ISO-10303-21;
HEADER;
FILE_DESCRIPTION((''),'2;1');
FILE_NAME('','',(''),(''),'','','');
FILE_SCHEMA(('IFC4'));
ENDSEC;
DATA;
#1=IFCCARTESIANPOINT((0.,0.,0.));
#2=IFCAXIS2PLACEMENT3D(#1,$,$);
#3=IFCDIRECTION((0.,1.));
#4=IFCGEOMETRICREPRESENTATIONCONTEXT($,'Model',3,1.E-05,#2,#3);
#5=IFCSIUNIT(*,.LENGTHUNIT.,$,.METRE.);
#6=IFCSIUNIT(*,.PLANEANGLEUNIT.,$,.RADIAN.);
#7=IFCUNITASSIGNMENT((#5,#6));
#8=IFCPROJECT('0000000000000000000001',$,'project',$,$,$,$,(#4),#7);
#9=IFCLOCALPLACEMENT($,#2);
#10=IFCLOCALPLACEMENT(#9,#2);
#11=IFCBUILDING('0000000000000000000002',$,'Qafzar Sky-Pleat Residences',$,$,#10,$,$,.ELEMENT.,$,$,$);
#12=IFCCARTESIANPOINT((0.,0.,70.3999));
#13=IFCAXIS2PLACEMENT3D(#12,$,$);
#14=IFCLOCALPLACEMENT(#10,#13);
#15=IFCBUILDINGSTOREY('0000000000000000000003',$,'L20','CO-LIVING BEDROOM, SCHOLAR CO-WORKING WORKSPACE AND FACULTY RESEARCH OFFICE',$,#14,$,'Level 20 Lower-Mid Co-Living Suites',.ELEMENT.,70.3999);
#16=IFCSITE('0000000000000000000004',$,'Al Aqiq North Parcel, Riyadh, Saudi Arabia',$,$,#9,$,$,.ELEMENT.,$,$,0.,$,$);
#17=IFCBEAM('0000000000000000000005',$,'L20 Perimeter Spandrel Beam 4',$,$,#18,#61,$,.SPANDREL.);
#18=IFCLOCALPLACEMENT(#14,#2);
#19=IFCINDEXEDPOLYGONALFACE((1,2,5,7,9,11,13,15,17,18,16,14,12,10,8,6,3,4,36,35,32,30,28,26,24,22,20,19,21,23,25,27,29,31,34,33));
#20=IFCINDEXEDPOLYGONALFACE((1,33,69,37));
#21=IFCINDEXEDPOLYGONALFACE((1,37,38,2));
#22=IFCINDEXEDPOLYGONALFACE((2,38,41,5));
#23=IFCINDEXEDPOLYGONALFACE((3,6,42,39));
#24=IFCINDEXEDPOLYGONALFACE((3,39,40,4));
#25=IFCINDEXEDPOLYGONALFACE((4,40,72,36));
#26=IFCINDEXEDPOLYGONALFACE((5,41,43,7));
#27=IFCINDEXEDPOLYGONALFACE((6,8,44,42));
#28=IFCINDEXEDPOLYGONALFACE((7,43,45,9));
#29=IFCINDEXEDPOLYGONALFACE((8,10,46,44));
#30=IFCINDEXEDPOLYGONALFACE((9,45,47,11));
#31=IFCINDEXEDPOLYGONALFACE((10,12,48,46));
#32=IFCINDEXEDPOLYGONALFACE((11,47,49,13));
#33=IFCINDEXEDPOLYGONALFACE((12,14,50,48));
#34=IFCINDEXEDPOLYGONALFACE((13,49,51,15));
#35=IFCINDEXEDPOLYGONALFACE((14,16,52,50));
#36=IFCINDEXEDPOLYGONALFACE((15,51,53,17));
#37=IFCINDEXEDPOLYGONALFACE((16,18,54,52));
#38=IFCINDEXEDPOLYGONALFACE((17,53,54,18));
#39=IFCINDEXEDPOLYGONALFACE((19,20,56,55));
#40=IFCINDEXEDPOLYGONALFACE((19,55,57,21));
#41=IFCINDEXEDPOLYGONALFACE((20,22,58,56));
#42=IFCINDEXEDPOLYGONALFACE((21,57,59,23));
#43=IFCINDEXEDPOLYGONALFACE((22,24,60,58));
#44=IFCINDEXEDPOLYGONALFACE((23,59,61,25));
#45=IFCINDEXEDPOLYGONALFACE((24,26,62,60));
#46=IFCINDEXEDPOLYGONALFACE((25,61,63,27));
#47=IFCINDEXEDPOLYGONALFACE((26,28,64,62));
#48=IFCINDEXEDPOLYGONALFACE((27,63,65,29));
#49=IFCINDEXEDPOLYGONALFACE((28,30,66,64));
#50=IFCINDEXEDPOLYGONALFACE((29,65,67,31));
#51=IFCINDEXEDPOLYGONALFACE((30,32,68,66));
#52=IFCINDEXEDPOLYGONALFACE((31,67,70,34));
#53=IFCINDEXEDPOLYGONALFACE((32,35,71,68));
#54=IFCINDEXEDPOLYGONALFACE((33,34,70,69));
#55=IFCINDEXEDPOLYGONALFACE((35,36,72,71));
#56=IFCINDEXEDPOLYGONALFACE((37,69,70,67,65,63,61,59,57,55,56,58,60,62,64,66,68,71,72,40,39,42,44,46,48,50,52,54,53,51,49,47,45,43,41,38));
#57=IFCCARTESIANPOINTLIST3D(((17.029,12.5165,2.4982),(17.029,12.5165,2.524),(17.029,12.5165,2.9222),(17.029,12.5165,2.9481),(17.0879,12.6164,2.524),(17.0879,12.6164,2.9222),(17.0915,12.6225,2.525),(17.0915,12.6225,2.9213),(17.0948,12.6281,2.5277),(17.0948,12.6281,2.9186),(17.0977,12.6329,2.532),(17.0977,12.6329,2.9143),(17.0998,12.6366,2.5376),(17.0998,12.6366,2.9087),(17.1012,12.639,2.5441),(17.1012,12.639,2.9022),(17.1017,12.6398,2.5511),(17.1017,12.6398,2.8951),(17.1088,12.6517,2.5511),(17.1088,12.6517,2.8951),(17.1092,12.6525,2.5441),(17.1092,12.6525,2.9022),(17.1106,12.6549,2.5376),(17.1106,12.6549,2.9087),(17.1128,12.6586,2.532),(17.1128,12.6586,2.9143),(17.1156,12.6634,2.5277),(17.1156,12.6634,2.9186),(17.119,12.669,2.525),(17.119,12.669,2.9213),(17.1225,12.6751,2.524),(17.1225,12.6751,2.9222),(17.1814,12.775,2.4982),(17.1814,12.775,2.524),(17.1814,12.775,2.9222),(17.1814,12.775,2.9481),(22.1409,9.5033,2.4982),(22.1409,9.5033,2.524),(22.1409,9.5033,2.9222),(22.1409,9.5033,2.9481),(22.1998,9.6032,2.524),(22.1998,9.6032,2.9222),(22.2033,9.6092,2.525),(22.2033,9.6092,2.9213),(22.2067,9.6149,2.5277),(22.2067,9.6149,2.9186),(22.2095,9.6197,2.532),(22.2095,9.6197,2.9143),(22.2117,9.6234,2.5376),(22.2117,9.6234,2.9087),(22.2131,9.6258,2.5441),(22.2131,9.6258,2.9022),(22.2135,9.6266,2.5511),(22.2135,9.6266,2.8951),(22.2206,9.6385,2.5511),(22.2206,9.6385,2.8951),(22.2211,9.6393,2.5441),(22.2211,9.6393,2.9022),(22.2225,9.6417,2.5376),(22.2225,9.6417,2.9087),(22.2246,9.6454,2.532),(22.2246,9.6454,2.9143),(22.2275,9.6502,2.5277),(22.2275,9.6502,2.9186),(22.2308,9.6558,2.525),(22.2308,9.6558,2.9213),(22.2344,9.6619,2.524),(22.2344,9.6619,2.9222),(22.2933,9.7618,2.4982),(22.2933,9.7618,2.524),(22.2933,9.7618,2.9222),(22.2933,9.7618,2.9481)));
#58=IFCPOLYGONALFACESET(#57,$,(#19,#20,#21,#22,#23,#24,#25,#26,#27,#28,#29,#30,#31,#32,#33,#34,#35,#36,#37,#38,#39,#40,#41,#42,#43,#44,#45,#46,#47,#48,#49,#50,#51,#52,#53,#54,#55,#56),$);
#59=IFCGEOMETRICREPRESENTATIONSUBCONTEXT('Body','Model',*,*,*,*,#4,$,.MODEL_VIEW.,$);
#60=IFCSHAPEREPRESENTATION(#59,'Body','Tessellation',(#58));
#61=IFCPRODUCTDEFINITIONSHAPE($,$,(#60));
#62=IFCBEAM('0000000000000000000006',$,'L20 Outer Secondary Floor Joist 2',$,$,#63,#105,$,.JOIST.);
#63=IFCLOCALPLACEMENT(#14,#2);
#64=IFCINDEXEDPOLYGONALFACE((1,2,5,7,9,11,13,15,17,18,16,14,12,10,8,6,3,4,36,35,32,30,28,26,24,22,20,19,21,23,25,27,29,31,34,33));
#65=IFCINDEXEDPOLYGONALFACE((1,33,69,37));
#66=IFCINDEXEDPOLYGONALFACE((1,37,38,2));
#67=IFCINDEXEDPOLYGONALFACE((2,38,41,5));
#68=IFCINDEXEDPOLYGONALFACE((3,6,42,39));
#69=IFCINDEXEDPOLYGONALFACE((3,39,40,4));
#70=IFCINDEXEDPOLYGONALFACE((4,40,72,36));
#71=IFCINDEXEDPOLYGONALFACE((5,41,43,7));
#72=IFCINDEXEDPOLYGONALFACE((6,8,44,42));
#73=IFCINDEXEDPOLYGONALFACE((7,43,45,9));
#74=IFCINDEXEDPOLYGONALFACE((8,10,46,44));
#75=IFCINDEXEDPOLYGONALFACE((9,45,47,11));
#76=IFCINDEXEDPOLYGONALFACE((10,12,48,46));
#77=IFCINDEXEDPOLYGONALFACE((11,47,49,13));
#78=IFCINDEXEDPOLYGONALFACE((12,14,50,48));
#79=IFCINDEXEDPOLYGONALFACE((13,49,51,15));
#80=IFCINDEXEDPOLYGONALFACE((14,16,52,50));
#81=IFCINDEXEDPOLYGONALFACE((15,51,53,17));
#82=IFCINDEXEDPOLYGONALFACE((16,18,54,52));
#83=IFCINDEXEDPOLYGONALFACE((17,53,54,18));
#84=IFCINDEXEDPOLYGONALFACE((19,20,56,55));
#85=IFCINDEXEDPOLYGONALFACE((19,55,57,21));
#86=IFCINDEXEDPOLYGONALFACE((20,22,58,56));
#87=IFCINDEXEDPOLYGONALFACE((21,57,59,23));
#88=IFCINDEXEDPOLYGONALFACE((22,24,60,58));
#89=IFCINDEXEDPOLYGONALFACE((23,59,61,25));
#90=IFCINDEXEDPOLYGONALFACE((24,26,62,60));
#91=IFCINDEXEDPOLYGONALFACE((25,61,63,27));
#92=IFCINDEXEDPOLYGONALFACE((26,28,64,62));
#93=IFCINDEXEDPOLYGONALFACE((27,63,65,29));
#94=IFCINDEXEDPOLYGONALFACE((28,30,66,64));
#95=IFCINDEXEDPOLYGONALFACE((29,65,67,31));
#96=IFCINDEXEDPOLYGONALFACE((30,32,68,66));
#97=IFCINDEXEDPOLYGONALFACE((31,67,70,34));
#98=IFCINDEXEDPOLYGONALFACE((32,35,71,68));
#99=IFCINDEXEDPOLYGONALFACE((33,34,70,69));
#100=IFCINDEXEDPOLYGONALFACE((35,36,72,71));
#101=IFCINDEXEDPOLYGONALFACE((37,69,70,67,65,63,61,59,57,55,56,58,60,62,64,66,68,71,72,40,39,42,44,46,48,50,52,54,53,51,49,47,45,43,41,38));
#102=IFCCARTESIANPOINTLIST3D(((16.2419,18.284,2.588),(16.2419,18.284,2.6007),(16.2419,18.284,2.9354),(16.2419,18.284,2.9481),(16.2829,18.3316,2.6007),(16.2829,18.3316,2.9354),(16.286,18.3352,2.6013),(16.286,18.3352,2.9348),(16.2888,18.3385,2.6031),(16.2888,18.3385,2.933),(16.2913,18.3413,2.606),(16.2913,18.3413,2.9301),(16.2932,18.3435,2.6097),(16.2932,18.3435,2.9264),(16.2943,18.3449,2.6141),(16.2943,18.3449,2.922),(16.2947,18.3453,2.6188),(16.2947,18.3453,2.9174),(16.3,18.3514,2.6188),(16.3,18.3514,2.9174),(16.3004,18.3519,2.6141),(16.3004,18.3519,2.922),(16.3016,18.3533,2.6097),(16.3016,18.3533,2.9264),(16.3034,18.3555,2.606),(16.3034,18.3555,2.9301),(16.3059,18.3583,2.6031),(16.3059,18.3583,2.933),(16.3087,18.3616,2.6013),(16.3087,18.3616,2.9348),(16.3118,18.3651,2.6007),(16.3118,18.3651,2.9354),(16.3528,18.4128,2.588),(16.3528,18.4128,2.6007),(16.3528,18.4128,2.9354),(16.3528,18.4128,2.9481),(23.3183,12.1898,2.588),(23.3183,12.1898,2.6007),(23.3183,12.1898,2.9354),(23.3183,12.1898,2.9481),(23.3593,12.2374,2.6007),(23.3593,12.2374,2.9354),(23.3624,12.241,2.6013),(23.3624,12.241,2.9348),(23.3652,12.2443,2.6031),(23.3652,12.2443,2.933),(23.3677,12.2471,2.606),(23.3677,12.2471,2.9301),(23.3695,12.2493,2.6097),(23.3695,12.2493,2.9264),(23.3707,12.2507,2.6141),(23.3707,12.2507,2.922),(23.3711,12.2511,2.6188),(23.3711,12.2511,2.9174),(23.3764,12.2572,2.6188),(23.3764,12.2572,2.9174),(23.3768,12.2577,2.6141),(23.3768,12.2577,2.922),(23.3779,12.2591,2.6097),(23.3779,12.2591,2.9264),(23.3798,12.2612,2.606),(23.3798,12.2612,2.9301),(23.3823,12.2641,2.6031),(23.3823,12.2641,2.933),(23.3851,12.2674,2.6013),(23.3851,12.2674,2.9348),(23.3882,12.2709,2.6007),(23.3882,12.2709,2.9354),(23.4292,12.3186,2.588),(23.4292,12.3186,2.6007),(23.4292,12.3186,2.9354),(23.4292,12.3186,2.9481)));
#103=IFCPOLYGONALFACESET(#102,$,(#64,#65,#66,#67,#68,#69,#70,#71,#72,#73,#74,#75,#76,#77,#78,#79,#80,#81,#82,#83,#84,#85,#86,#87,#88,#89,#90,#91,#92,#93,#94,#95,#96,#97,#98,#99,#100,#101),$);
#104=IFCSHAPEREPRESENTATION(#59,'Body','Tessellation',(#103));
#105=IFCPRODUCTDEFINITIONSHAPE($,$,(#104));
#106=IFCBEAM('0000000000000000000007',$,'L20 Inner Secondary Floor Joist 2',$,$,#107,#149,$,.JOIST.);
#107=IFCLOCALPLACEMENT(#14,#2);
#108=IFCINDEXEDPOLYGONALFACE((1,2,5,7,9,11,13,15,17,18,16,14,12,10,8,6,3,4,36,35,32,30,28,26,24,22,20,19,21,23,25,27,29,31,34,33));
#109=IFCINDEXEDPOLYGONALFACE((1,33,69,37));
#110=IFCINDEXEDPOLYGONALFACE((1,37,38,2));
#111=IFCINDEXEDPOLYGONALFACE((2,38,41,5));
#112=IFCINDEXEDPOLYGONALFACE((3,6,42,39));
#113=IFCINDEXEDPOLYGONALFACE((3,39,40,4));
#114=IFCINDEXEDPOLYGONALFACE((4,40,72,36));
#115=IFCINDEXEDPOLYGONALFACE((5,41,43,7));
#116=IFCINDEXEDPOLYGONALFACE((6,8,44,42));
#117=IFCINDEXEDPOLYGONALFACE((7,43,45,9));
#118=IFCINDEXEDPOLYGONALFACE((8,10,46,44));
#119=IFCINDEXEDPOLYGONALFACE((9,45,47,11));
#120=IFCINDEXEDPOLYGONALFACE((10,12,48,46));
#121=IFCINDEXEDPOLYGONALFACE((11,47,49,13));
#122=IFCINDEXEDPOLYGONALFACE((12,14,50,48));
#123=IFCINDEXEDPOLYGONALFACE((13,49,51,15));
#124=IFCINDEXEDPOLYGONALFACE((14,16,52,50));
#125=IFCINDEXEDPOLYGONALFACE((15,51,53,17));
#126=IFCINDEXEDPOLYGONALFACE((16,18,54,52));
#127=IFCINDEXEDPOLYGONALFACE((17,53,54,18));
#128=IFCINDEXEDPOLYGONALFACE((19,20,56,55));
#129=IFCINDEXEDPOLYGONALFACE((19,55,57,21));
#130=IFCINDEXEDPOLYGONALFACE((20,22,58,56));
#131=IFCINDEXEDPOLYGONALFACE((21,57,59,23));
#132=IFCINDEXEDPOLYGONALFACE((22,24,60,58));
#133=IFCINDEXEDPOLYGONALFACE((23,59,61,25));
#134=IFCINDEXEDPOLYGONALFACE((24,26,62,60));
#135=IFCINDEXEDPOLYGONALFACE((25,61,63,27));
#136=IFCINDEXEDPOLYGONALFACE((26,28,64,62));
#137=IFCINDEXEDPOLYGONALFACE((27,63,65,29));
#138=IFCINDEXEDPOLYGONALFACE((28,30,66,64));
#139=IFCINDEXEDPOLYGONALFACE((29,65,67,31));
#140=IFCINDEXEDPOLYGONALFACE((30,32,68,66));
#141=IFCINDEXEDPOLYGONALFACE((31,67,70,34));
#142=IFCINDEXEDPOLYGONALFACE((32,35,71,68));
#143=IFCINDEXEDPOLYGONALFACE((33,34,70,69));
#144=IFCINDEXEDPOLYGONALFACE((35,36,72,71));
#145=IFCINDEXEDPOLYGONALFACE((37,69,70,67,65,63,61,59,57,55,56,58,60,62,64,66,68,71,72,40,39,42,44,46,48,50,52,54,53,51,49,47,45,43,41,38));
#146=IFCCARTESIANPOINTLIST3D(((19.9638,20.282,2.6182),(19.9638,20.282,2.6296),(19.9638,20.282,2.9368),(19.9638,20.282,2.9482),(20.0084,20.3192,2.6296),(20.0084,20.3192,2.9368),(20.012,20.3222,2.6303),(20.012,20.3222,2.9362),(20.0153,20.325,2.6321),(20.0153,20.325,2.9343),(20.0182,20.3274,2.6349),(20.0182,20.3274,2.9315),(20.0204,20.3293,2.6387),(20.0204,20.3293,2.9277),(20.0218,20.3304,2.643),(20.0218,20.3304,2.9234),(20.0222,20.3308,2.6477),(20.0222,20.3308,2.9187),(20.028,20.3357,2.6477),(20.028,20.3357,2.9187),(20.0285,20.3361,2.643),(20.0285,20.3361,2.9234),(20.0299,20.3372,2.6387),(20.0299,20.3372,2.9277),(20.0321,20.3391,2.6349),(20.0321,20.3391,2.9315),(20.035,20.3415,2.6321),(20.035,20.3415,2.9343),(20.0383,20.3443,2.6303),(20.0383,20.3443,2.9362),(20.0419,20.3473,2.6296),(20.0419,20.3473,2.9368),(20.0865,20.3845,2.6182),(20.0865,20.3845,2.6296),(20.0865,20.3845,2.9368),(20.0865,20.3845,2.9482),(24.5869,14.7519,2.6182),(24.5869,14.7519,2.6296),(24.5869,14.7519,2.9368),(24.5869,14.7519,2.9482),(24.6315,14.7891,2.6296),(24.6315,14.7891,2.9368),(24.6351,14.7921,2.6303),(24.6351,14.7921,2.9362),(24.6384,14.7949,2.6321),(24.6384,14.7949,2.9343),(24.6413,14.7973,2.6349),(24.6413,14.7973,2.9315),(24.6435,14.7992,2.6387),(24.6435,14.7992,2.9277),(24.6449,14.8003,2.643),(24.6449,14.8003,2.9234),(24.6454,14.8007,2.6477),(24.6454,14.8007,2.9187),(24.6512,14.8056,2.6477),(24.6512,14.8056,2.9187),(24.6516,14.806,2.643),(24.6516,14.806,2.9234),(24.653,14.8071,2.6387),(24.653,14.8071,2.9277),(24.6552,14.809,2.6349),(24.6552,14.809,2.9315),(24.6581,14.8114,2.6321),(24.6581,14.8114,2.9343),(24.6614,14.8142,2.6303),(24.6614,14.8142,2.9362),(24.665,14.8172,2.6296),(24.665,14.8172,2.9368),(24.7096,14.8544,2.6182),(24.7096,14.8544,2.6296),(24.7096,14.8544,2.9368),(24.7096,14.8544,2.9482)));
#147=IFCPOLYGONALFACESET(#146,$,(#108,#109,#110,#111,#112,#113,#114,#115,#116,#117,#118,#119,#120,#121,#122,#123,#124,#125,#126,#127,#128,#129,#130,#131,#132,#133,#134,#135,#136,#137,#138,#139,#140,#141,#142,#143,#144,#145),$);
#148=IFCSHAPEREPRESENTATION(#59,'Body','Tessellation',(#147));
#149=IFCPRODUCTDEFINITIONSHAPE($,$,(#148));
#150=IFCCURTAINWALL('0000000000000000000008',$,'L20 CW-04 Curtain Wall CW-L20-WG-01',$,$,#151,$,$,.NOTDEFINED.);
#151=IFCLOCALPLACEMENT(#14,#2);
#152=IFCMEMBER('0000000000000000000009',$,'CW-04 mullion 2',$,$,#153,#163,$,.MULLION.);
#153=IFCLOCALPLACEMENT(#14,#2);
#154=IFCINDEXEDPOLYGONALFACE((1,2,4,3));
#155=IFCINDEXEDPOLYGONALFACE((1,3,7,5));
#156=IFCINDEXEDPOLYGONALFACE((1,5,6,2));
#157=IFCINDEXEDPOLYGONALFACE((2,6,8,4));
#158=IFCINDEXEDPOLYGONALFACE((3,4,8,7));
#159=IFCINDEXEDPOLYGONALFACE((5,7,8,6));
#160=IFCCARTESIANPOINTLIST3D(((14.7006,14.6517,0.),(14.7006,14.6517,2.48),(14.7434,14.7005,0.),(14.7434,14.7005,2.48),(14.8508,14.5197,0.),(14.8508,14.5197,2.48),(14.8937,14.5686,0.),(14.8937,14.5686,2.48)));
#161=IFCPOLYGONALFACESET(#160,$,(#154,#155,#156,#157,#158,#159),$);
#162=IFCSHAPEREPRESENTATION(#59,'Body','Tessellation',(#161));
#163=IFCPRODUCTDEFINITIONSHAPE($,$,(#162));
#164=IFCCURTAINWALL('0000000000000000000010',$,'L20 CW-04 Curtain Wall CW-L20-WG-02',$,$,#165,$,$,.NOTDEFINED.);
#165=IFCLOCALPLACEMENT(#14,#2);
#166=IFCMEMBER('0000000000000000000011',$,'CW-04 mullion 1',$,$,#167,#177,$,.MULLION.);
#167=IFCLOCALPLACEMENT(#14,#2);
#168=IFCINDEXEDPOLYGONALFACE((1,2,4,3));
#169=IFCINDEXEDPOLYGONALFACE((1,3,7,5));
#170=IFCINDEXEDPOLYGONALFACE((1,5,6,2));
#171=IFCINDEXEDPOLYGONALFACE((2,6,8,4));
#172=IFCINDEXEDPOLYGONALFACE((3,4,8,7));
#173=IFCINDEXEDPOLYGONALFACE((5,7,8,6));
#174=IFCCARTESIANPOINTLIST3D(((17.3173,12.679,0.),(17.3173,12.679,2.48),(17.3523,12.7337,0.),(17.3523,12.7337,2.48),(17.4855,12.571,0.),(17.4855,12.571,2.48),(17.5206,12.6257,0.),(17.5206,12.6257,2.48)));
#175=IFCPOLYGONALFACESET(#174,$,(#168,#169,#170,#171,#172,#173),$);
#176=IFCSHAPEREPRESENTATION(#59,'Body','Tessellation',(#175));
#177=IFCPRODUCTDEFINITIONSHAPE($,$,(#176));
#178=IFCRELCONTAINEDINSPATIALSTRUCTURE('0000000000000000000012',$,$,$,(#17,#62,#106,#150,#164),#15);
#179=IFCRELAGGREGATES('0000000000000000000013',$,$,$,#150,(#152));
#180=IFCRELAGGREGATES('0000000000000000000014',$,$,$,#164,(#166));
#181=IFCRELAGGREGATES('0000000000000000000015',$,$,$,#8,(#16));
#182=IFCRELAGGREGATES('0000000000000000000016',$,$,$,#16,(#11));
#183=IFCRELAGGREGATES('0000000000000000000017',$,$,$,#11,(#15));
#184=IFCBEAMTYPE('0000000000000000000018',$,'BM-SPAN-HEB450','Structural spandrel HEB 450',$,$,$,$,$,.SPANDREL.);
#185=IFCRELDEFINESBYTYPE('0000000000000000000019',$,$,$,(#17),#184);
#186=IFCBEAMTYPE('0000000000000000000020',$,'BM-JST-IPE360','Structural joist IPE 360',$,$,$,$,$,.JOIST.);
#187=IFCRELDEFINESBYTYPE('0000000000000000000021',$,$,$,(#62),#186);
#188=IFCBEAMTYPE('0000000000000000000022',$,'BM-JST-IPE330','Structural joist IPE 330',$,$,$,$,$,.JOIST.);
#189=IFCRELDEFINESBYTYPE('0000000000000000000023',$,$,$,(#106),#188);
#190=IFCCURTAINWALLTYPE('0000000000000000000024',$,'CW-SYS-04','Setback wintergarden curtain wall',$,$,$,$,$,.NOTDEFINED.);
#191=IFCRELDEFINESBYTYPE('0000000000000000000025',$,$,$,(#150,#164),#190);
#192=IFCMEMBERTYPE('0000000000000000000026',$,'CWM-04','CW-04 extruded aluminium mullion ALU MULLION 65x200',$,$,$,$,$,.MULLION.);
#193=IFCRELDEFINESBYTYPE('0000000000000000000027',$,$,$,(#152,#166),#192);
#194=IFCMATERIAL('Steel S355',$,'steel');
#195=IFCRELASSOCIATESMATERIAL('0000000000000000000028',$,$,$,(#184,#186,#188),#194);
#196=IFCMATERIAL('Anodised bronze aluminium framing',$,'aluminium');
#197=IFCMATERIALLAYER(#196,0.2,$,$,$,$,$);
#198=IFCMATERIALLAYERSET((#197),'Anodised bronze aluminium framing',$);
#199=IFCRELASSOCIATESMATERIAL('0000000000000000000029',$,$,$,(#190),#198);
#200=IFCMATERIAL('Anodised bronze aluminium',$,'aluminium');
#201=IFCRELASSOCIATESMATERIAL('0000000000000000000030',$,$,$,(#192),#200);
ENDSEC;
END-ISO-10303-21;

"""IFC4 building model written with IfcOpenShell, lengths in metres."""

from ifc_helpers import new_model, si_unit, direction, frame, origin, origin_2d, place, context, subcontext, project, spatial, rectangle, i_section, extrude, source, transform, mapped, material, layer, layer_set, material_profile, profile_set, type_object, element, aggregate, save


model = new_model("IFC4")

# Units and contexts
model_context = context("Model", 3, precision=1e-05, world=origin(), true_north=direction((0.0, 1.0)))
body_context = subcontext(model_context, "Body", "Model", "MODEL_VIEW")
ifc_project = project(units=[si_unit("LENGTHUNIT", "METRE"), si_unit("PLANEANGLEUNIT", "RADIAN")], contexts=[model_context])

# Site, building, storey
site_placement = place(None, origin())
site = spatial("IfcSite", under=ifc_project, at=site_placement, Name="Al Aqiq North Parcel, Riyadh, Saudi Arabia", CompositionType="ELEMENT", RefElevation=0.0)
building_placement = place(site_placement, origin())
building = spatial("IfcBuilding", under=site, at=building_placement, Name="Qafzar Sky-Pleat Residences", CompositionType="ELEMENT")
storey_placement = place(building_placement, frame((0.0, 0.0, 70.3999)))
storey = spatial("IfcBuildingStorey", under=building, at=storey_placement, Name="L20", Description="CO-LIVING BEDROOM, SCHOLAR CO-WORKING WORKSPACE AND FACULTY RESEARCH OFFICE", LongName="Level 20 Lower-Mid Co-Living Suites", CompositionType="ELEMENT", Elevation=70.3999)

# Beams
ifc_material_1 = material(Name="Steel S355", Category="steel")
ifc_material_profile_1 = material_profile(ifc_material_1, i_section(OverallWidth=0.3, OverallDepth=0.45, WebThickness=0.0139, FlangeThickness=0.0259, FilletRadius=0.0271, at=origin_2d()), Name="HEB 450")
ifc_profile_set_1 = profile_set([ifc_material_profile_1], Name="Steel S355")
beam_type_1 = type_object("IfcBeamType", Name="BM-SPAN-HEB450", Description="Structural spandrel HEB 450", PredefinedType="SPANDREL", material=ifc_profile_set_1)
shared_shape_1 = source(origin(), body_context, "Body", "SweptSolid", [
    extrude(i_section(OverallWidth=0.3, OverallDepth=0.45, WebThickness=0.0139, FlangeThickness=0.0259, FilletRadius=0.0271, at=origin_2d()), origin(), (0.0, 0.0, 1.0), 5.9338),
])
beam_1_placement = place(storey_placement, frame((17.1052, 12.6458, 2.7231), z_axis=(0.861475, -0.5078, 0.0), x_axis=(0.5078, 0.861475, 0.0)))
element("IfcBeam", 1, at=beam_1_placement, inside=storey, type_object=beam_type_1, Name="L20 Perimeter Spandrel Beam 4", PredefinedType="SPANDREL", context=body_context, shape_type="MappedRepresentation", body=[
    mapped(shared_shape_1, transform((0.0, 0.0, 0.0), x_axis=(1.0, 0.0, 0.0), y_axis=(0.0, 1.0, 0.0), z_axis=(0.0, 0.0, 1.0), scale=1.0)),
])
ifc_material_profile_2 = material_profile(ifc_material_1, i_section(OverallWidth=0.1699, OverallDepth=0.3601, WebThickness=0.0081, FlangeThickness=0.0127, FilletRadius=0.0181, at=origin_2d()), Name="IPE 360")
ifc_profile_set_2 = profile_set([ifc_material_profile_2], Name="Steel S355")
beam_type_2 = type_object("IfcBeamType", Name="BM-JST-IPE360", Description="Structural joist IPE 360", PredefinedType="JOIST", material=ifc_profile_set_2)
shared_shape_2 = source(origin(), body_context, "Body", "SweptSolid", [
    extrude(i_section(OverallWidth=0.1699, OverallDepth=0.3601, WebThickness=0.0081, FlangeThickness=0.0127, FilletRadius=0.0181, at=origin_2d()), origin(), (0.0, 0.0, 1.0), 9.3389),
])
beam_2_placement = place(storey_placement, frame((16.2974, 18.3484, 2.7681), z_axis=(0.757734, -0.652564, 0.0), x_axis=(0.652564, 0.757734, 0.0)))
element("IfcBeam", 2, at=beam_2_placement, inside=storey, type_object=beam_type_2, Name="L20 Outer Secondary Floor Joist 2", PredefinedType="JOIST", context=body_context, shape_type="MappedRepresentation", body=[
    mapped(shared_shape_2, transform((0.0, 0.0, 0.0), x_axis=(1.0, 0.0, 0.0), y_axis=(0.0, 1.0, 0.0), z_axis=(0.0, 0.0, 1.0), scale=1.0)),
])
ifc_material_profile_3 = material_profile(ifc_material_1, i_section(OverallWidth=0.1599, OverallDepth=0.3301, WebThickness=0.0076, FlangeThickness=0.0115, FilletRadius=0.0181, at=origin_2d()), Name="IPE 330")
ifc_profile_set_3 = profile_set([ifc_material_profile_3], Name="Steel S355")
beam_type_3 = type_object("IfcBeamType", Name="BM-JST-IPE330", Description="Structural joist IPE 330", PredefinedType="JOIST", material=ifc_profile_set_3)
shared_shape_3 = source(origin(), body_context, "Body", "SweptSolid", [
    extrude(i_section(OverallWidth=0.1599, OverallDepth=0.3301, WebThickness=0.0076, FlangeThickness=0.0115, FilletRadius=0.0181, at=origin_2d()), origin(), (0.0, 0.0, 1.0), 7.208),
])
beam_3_placement = place(storey_placement, frame((20.0251, 20.3333, 2.7832), z_axis=(0.641386, -0.767218, 0.0), x_axis=(0.767218, 0.641386, 0.0)))
element("IfcBeam", 3, at=beam_3_placement, inside=storey, type_object=beam_type_3, Name="L20 Inner Secondary Floor Joist 2", PredefinedType="JOIST", context=body_context, shape_type="MappedRepresentation", body=[
    mapped(shared_shape_3, transform((0.0, 0.0, 0.0), x_axis=(1.0, 0.0, 0.0), y_axis=(0.0, 1.0, 0.0), z_axis=(0.0, 0.0, 1.0), scale=1.0)),
])

# Curtain walls, members
ifc_material_2 = material(Name="Anodised bronze aluminium framing", Category="aluminium")
ifc_layer_1 = layer(ifc_material_2, 0.2)
ifc_layer_set_1 = layer_set([ifc_layer_1], Name="Anodised bronze aluminium framing")
curtain_wall_type = type_object("IfcCurtainWallType", Name="CW-SYS-04", Description="Setback wintergarden curtain wall", PredefinedType="NOTDEFINED", material=ifc_layer_set_1)
curtain_wall_1_placement = place(storey_placement, origin())
curtain_wall_1 = element("IfcCurtainWall", 4, at=curtain_wall_1_placement, inside=storey, type_object=curtain_wall_type, Name="L20 CW-04 Curtain Wall CW-L20-WG-01", PredefinedType="NOTDEFINED")
ifc_material_3 = material(Name="Anodised bronze aluminium", Category="aluminium")
ifc_material_profile_4 = material_profile(ifc_material_3, rectangle(XDim=0.0649, YDim=0.2, at=origin_2d()), Name="ALU MULLION 65x200")
ifc_profile_set_4 = profile_set([ifc_material_profile_4], Name="Anodised bronze aluminium")
member_type = type_object("IfcMemberType", Name="CWM-04", Description="CW-04 extruded aluminium mullion ALU MULLION 65x200", PredefinedType="MULLION", material=ifc_profile_set_4)
shared_shape_4 = source(origin(), body_context, "Body", "SweptSolid", [
    extrude(rectangle(XDim=0.0649, YDim=0.2, at=origin_2d()), origin(), (0.0, 0.0, 1.0), 2.48),
])
member_1_placement = place(storey_placement, frame((14.7971, 14.6101, 0.0), z_axis=(0.0, 0.0, 1.0), x_axis=(0.659727, 0.751506, 0.0)))
member_1 = element("IfcMember", 5, at=member_1_placement, type_object=member_type, Name="CW-04 mullion 2", PredefinedType="MULLION", context=body_context, shape_type="MappedRepresentation", body=[
    mapped(shared_shape_4, transform((0.0, 0.0, 0.0), x_axis=(1.0, 0.0, 0.0), y_axis=(0.0, 1.0, 0.0), z_axis=(0.0, 0.0, 1.0), scale=1.0)),
])
aggregate(curtain_wall_1, [member_1])
curtain_wall_2_placement = place(storey_placement, origin())
curtain_wall_2 = element("IfcCurtainWall", 6, at=curtain_wall_2_placement, inside=storey, type_object=curtain_wall_type, Name="L20 CW-04 Curtain Wall CW-L20-WG-02", PredefinedType="NOTDEFINED")
member_2_placement = place(storey_placement, frame((17.4189, 12.6523, 0.0), z_axis=(0.0, 0.0, 1.0), x_axis=(0.540148, 0.84157, 0.0)))
member_2 = element("IfcMember", 7, at=member_2_placement, type_object=member_type, Name="CW-04 mullion 1", PredefinedType="MULLION", context=body_context, shape_type="MappedRepresentation", body=[
    mapped(shared_shape_4, transform((0.0, 0.0, 0.0), x_axis=(1.0, 0.0, 0.0), y_axis=(0.0, 1.0, 0.0), z_axis=(0.0, 0.0, 1.0), scale=1.0)),
])
aggregate(curtain_wall_2, [member_2])

save(model, "model.ifc")
